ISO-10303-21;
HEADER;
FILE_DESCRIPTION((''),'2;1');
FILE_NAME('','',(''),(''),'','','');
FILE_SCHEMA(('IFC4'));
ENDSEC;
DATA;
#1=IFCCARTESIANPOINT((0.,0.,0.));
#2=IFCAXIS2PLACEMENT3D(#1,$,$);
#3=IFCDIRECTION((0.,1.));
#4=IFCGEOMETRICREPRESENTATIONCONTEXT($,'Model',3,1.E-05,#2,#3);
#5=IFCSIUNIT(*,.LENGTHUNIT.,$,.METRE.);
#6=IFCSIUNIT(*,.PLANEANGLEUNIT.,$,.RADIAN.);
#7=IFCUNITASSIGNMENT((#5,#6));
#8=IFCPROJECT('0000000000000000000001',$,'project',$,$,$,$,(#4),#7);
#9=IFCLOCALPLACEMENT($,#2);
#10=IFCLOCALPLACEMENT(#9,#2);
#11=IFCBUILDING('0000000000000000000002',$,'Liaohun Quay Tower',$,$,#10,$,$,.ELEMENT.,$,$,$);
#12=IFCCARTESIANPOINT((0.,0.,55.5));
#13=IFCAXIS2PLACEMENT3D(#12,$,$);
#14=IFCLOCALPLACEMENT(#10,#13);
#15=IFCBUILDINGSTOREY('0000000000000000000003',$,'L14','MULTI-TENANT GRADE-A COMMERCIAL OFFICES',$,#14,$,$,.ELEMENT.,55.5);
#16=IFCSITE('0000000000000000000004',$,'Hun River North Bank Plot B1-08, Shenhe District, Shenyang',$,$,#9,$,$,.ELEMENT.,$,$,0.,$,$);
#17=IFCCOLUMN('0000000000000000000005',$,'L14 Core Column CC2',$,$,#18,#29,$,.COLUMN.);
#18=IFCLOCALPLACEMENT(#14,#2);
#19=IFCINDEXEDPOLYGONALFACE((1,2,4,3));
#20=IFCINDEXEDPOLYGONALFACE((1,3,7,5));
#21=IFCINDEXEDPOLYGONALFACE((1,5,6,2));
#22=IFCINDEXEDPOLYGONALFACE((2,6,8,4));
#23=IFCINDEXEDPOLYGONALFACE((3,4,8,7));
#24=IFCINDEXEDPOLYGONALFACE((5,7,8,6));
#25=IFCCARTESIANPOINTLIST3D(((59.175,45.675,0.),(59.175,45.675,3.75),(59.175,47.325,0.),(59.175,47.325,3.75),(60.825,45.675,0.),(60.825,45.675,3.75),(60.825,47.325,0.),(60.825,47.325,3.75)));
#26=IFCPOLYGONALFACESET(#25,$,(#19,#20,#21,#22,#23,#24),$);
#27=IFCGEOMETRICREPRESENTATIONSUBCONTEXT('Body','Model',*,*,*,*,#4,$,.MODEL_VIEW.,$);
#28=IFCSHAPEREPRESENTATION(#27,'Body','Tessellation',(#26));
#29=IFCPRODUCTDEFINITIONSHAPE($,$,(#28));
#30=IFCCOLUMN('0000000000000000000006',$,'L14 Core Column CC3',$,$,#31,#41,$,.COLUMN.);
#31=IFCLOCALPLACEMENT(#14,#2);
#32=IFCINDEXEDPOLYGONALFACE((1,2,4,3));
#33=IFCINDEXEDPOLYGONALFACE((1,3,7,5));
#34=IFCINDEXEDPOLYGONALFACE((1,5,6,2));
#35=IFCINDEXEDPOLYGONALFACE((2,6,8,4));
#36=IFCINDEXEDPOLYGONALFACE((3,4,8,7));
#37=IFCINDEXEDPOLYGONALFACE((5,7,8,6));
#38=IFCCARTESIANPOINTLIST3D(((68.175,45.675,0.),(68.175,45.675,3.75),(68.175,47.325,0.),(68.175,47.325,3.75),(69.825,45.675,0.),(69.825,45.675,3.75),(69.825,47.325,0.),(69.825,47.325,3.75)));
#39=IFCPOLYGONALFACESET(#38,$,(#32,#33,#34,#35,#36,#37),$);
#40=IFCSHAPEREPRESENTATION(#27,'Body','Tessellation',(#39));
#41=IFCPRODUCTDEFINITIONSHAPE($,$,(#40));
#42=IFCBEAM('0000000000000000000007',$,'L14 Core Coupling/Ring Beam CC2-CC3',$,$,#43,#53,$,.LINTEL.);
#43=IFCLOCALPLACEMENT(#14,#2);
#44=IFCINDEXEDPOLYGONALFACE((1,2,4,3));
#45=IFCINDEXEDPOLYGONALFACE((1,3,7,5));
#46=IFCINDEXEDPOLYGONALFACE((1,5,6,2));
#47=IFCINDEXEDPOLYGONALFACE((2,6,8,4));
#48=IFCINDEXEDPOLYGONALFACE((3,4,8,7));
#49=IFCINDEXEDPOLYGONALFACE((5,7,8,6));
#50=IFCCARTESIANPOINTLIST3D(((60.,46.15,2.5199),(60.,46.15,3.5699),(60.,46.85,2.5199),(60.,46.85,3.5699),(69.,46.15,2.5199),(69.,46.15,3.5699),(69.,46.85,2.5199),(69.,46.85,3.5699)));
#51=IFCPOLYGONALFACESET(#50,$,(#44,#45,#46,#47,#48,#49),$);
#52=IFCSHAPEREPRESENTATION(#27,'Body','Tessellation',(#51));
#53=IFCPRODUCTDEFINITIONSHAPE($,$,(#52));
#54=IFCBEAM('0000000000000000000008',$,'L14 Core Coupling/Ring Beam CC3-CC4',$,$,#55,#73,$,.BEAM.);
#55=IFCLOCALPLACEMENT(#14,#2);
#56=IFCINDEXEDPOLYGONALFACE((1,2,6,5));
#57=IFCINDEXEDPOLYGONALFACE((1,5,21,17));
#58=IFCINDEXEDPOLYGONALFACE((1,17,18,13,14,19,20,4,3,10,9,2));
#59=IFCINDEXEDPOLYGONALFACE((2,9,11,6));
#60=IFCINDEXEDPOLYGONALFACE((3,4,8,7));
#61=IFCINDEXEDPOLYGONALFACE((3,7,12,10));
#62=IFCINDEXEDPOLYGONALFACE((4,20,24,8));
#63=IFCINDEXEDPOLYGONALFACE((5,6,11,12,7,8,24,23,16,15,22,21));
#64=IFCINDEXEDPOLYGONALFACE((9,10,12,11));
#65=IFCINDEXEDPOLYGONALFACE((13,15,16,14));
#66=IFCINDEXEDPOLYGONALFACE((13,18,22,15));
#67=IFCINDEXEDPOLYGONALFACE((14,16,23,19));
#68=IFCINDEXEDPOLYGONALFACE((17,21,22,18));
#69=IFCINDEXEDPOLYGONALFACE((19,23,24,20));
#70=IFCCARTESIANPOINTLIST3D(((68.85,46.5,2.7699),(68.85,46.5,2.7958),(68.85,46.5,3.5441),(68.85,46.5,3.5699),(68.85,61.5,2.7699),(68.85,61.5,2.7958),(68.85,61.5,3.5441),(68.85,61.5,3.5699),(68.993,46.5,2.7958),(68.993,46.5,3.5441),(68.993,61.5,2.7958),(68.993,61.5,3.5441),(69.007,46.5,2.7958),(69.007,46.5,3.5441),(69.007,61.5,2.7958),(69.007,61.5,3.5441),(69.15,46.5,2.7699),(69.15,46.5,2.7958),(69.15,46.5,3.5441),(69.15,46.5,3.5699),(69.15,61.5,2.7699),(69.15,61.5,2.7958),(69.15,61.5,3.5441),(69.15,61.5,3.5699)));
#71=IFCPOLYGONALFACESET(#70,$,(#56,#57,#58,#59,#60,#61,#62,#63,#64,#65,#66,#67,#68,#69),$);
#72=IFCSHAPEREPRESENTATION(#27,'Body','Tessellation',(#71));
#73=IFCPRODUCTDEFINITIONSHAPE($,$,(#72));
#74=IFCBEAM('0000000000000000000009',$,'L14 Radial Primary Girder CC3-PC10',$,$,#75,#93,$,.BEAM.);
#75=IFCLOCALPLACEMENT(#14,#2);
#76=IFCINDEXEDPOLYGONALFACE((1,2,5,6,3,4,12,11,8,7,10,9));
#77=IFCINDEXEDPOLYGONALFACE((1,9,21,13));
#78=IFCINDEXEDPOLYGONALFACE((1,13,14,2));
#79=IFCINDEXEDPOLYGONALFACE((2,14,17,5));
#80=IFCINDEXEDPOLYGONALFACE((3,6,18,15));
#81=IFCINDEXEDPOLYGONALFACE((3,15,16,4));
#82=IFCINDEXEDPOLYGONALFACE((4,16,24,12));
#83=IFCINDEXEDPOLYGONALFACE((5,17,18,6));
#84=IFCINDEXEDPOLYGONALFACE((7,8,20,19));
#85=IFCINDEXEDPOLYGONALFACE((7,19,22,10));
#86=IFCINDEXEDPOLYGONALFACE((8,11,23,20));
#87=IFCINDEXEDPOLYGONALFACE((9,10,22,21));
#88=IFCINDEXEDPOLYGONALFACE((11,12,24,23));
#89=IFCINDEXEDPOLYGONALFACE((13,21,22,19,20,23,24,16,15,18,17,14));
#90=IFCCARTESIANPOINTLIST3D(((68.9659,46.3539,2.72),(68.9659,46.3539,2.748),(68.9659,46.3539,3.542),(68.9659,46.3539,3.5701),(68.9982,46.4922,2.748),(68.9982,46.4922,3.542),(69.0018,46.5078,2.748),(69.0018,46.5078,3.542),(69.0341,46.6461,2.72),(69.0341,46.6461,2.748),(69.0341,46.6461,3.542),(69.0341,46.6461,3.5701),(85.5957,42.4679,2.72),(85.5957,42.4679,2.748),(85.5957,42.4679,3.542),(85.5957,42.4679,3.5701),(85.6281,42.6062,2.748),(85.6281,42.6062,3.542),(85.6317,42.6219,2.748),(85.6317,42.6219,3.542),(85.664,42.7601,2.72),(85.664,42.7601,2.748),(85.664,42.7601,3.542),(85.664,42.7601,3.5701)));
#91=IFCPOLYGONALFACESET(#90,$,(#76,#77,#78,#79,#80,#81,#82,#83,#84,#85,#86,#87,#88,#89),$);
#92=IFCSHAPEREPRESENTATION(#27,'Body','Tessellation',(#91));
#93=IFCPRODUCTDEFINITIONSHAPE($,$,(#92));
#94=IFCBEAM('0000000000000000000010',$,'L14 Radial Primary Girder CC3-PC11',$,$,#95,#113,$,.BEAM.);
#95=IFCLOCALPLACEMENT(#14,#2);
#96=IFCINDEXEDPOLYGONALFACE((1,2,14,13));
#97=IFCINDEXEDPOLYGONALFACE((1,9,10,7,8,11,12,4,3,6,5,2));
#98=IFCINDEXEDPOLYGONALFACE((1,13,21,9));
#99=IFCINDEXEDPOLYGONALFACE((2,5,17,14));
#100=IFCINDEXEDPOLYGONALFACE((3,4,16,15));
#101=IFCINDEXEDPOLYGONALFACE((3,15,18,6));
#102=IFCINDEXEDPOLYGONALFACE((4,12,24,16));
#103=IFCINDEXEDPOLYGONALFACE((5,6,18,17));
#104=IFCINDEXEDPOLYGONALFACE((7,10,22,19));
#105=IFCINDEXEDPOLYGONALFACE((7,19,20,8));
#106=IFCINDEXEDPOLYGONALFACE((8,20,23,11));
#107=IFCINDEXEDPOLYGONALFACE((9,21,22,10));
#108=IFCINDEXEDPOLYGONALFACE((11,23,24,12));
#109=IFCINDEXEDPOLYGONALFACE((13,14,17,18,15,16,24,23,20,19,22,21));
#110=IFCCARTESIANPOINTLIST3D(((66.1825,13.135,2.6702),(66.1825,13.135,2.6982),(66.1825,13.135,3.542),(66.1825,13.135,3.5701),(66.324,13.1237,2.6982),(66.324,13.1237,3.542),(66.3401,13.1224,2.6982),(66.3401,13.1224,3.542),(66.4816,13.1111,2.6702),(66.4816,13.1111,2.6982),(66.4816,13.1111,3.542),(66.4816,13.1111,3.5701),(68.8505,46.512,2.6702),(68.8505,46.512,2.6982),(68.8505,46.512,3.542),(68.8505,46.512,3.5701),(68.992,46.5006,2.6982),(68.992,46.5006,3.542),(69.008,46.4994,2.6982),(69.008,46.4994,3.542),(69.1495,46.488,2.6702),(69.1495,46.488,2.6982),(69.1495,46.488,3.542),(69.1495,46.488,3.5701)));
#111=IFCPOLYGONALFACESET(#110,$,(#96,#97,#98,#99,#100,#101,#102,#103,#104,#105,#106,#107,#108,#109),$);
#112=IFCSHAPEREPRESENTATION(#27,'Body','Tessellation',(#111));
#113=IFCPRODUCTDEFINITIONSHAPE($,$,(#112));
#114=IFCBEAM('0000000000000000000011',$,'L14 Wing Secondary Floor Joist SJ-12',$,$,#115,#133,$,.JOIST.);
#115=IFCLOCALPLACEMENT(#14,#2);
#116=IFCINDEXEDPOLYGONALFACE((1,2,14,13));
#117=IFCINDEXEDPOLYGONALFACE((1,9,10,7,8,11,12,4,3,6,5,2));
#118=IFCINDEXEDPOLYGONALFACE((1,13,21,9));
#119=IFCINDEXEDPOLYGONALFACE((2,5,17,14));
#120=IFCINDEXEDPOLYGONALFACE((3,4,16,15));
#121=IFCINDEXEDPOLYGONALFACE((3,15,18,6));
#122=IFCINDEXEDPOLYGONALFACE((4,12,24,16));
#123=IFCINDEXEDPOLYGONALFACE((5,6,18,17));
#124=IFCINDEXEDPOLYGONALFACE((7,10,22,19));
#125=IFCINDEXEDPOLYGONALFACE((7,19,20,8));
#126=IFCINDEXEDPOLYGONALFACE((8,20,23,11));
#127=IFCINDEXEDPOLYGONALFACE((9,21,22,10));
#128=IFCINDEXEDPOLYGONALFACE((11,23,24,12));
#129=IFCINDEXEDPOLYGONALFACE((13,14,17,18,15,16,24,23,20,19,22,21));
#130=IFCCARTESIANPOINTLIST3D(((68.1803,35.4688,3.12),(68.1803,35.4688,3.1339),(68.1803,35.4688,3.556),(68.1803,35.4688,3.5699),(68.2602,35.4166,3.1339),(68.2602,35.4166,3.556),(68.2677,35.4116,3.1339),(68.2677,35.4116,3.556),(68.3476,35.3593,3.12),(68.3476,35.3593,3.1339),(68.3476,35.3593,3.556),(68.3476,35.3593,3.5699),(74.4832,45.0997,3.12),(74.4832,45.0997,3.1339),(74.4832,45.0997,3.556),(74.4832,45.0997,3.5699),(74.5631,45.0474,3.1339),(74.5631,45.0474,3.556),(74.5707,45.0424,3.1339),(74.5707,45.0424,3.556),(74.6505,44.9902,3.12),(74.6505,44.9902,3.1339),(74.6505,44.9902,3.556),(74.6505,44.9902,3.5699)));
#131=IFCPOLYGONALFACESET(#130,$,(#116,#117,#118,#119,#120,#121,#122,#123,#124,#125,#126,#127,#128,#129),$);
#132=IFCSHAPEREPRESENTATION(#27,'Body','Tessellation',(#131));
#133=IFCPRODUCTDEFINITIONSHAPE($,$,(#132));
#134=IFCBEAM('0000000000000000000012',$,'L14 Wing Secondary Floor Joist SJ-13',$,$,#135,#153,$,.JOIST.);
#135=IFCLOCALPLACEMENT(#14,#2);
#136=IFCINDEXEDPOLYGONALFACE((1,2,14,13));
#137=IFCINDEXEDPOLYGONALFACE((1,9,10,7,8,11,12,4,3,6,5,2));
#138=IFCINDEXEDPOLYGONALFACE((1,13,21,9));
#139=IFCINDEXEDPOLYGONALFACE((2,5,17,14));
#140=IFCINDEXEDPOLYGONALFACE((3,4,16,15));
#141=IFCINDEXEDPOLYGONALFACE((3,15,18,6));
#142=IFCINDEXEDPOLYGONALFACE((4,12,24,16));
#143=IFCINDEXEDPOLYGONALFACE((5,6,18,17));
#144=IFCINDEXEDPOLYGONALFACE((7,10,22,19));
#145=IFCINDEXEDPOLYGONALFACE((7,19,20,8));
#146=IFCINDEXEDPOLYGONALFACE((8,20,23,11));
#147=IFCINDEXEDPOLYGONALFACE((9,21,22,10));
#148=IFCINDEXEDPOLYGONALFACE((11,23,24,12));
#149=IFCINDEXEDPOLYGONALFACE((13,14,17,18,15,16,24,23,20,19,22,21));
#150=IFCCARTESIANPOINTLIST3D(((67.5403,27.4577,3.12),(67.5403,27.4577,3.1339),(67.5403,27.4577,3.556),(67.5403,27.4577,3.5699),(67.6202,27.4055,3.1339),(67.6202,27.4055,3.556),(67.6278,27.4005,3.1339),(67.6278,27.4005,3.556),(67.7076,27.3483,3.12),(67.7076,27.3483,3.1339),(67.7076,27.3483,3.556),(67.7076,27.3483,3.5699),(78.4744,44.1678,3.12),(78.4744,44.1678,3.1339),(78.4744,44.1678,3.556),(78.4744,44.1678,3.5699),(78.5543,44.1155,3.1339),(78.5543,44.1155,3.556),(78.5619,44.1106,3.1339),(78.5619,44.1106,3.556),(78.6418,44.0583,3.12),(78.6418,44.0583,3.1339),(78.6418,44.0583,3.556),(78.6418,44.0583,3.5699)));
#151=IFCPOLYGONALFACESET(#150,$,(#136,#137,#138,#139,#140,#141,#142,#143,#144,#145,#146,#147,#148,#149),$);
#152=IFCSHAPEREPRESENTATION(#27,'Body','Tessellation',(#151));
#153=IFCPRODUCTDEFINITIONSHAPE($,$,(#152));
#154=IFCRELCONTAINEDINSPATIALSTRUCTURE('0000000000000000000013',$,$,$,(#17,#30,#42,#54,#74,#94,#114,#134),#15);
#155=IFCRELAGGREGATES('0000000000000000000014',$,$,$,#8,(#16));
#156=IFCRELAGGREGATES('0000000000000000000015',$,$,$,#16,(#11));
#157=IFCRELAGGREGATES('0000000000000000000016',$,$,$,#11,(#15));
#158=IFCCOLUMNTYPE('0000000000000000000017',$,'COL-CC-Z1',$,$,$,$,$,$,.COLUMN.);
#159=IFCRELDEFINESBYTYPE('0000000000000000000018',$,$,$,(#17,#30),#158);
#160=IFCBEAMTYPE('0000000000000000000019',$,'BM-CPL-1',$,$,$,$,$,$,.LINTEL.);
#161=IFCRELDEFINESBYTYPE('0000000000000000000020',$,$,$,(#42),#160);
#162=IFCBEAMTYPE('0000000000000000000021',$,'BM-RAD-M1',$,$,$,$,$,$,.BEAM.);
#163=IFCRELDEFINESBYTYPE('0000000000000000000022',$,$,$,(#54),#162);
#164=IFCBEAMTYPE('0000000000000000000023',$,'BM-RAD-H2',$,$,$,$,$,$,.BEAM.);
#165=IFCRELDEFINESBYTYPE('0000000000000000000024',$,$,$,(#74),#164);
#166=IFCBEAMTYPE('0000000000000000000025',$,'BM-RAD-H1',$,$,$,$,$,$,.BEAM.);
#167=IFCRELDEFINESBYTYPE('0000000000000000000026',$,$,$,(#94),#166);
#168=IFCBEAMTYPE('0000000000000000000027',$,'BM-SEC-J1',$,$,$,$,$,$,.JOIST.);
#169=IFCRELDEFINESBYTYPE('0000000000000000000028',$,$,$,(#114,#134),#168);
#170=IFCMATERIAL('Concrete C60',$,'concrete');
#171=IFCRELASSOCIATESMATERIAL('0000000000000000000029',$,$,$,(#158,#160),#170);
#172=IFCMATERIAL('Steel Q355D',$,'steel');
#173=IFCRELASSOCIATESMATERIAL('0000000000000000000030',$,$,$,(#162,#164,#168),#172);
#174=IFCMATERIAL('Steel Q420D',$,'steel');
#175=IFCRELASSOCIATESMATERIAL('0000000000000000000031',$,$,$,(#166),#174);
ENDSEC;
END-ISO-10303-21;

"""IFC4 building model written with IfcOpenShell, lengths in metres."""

from ifc_helpers import new_model, si_unit, direction, frame, origin, origin_2d, place, context, subcontext, project, spatial, rectangle, i_section, extrude, source, transform, mapped, material, material_profile, profile_set, type_object, element, save


model = new_model("IFC4")

# Units and contexts
model_context = context("Model", 3, precision=1e-05, world=origin(), true_north=direction((0.0, 1.0)))
body_context = subcontext(model_context, "Body", "Model", "MODEL_VIEW")
ifc_project = project(units=[si_unit("LENGTHUNIT", "METRE"), si_unit("PLANEANGLEUNIT", "RADIAN")], contexts=[model_context])

# Site, building, storey
site_placement = place(None, origin())
site = spatial("IfcSite", under=ifc_project, at=site_placement, Name="Hun River North Bank Plot B1-08, Shenhe District, Shenyang", CompositionType="ELEMENT", RefElevation=0.0)
building_placement = place(site_placement, origin())
building = spatial("IfcBuilding", under=site, at=building_placement, Name="Liaohun Quay Tower", CompositionType="ELEMENT")
storey_placement = place(building_placement, frame((0.0, 0.0, 55.5)))
storey = spatial("IfcBuildingStorey", under=building, at=storey_placement, Name="L14", Description="MULTI-TENANT GRADE-A COMMERCIAL OFFICES", CompositionType="ELEMENT", Elevation=55.5)

# Columns
ifc_material_1 = material(Name="Concrete C60", Category="concrete")
ifc_material_profile_1 = material_profile(ifc_material_1, rectangle(XDim=1.6499, YDim=1.6499, at=origin_2d()), Name="RC1650x1650")
ifc_profile_set_1 = profile_set([ifc_material_profile_1], Name="Concrete C60")
column_type = type_object("IfcColumnType", Name="COL-CC-Z1", PredefinedType="COLUMN", material=ifc_profile_set_1)
shared_shape_1 = source(origin(), body_context, "Body", "SweptSolid", [
    extrude(rectangle(XDim=1.6499, YDim=1.6499, at=origin_2d()), origin(), (0.0, 0.0, 1.0), 3.75),
])
for number, where, z_axis, x_axis, name in (
    (1, (60.0, 46.5, 0.0), (0.0, 0.0, 1.0), (1.0, 0.0, 0.0), "L14 Core Column CC2"),
    (2, (69.0, 46.5, 0.0), (0.0, 0.0, 1.0), (1.0, 0.0, 0.0), "L14 Core Column CC3"),
):
    element("IfcColumn", number, at=place(storey_placement, frame(where, z_axis=z_axis, x_axis=x_axis)), inside=storey, type_object=column_type, Name=name, PredefinedType="COLUMN", context=body_context, shape_type="MappedRepresentation", body=[
        mapped(shared_shape_1, transform((0.0, 0.0, 0.0), x_axis=(1.0, 0.0, 0.0), y_axis=(0.0, 1.0, 0.0), z_axis=(0.0, 0.0, 1.0), scale=1.0)),
    ])

# Beams
ifc_material_profile_2 = material_profile(ifc_material_1, rectangle(XDim=0.7, YDim=1.05, at=origin_2d()), Name="RC700x1050")
ifc_profile_set_2 = profile_set([ifc_material_profile_2], Name="Concrete C60")
beam_type_1 = type_object("IfcBeamType", Name="BM-CPL-1", PredefinedType="LINTEL", material=ifc_profile_set_2)
shared_shape_2 = source(origin(), body_context, "Body", "SweptSolid", [
    extrude(rectangle(XDim=0.7, YDim=1.05, at=origin_2d()), origin(), (0.0, 0.0, 1.0), 9.0),
])
beam_1_placement = place(storey_placement, frame((60.0, 46.5, 3.0449), z_axis=(1.0, 0.0, 0.0), x_axis=(0.0, 1.0, 0.0)))
element("IfcBeam", 3, at=beam_1_placement, inside=storey, type_object=beam_type_1, Name="L14 Core Coupling/Ring Beam CC2-CC3", PredefinedType="LINTEL", context=body_context, shape_type="MappedRepresentation", body=[
    mapped(shared_shape_2, transform((0.0, 0.0, 0.0), x_axis=(1.0, 0.0, 0.0), y_axis=(0.0, 1.0, 0.0), z_axis=(0.0, 0.0, 1.0), scale=1.0)),
])
ifc_material_2 = material(Name="Steel Q355D", Category="steel")
ifc_material_profile_3 = material_profile(ifc_material_2, i_section(OverallWidth=0.3, OverallDepth=0.8, WebThickness=0.0139, FlangeThickness=0.0259, at=origin_2d()), Name="HN800x300x14x26")
ifc_profile_set_3 = profile_set([ifc_material_profile_3], Name="Steel Q355D")
beam_type_2 = type_object("IfcBeamType", Name="BM-RAD-M1", PredefinedType="BEAM", material=ifc_profile_set_3)
shared_shape_3 = source(origin(), body_context, "Body", "SweptSolid", [
    extrude(i_section(OverallWidth=0.3, OverallDepth=0.8, WebThickness=0.0139, FlangeThickness=0.0259, at=origin_2d()), origin(), (0.0, 0.0, 1.0), 15.0),
])
beam_2_placement = place(storey_placement, frame((69.0, 46.5, 3.1699), z_axis=(0.0, 1.0, 0.0), x_axis=(-1.0, 0.0, 0.0)))
element("IfcBeam", 4, at=beam_2_placement, inside=storey, type_object=beam_type_2, Name="L14 Core Coupling/Ring Beam CC3-CC4", PredefinedType="BEAM", context=body_context, shape_type="MappedRepresentation", body=[
    mapped(shared_shape_3, transform((0.0, 0.0, 0.0), x_axis=(1.0, 0.0, 0.0), y_axis=(0.0, 1.0, 0.0), z_axis=(0.0, 0.0, 1.0), scale=1.0)),
])
ifc_material_profile_4 = material_profile(ifc_material_2, i_section(OverallWidth=0.3, OverallDepth=0.8501, WebThickness=0.0161, FlangeThickness=0.0281, at=origin_2d()), Name="HN850x300x16x28")
ifc_profile_set_4 = profile_set([ifc_material_profile_4], Name="Steel Q355D")
beam_type_3 = type_object("IfcBeamType", Name="BM-RAD-H2", PredefinedType="BEAM", material=ifc_profile_set_4)
shared_shape_4 = source(origin(), body_context, "Body", "SweptSolid", [
    extrude(i_section(OverallWidth=0.3, OverallDepth=0.8501, WebThickness=0.0161, FlangeThickness=0.0281, at=origin_2d()), origin(), (0.0, 0.0, 1.0), 17.0779),
])
beam_3_placement = place(storey_placement, frame((69.0, 46.5, 3.145), z_axis=(0.973768, -0.227545, 0.0), x_axis=(0.227545, 0.973768, 0.0)))
element("IfcBeam", 5, at=beam_3_placement, inside=storey, type_object=beam_type_3, Name="L14 Radial Primary Girder CC3-PC10", PredefinedType="BEAM", context=body_context, shape_type="MappedRepresentation", body=[
    mapped(shared_shape_4, transform((0.0, 0.0, 0.0), x_axis=(1.0, 0.0, 0.0), y_axis=(0.0, 1.0, 0.0), z_axis=(0.0, 0.0, 1.0), scale=1.0)),
])
ifc_material_3 = material(Name="Steel Q420D", Category="steel")
ifc_material_profile_5 = material_profile(ifc_material_3, i_section(OverallWidth=0.3, OverallDepth=0.8999, WebThickness=0.0161, FlangeThickness=0.0281, at=origin_2d()), Name="HN900x300x16x28")
ifc_profile_set_5 = profile_set([ifc_material_profile_5], Name="Steel Q420D")
beam_type_4 = type_object("IfcBeamType", Name="BM-RAD-H1", PredefinedType="BEAM", material=ifc_profile_set_5)
shared_shape_5 = source(origin(), body_context, "Body", "SweptSolid", [
    extrude(i_section(OverallWidth=0.3, OverallDepth=0.8999, WebThickness=0.0161, FlangeThickness=0.0281, at=origin_2d()), origin(), (0.0, 0.0, 1.0), 33.4834),
])
beam_4_placement = place(storey_placement, frame((69.0, 46.5, 3.1201), z_axis=(-0.07968, -0.99682, 0.0), x_axis=(0.99682, -0.07968, 0.0)))
element("IfcBeam", 6, at=beam_4_placement, inside=storey, type_object=beam_type_4, Name="L14 Radial Primary Girder CC3-PC11", PredefinedType="BEAM", context=body_context, shape_type="MappedRepresentation", body=[
    mapped(shared_shape_5, transform((0.0, 0.0, 0.0), x_axis=(1.0, 0.0, 0.0), y_axis=(0.0, 1.0, 0.0), z_axis=(0.0, 0.0, 1.0), scale=1.0)),
])
ifc_material_profile_6 = material_profile(ifc_material_2, i_section(OverallWidth=0.2, OverallDepth=0.45, WebThickness=0.009, FlangeThickness=0.0139, at=origin_2d()), Name="HN450x200x9x14")
ifc_profile_set_6 = profile_set([ifc_material_profile_6], Name="Steel Q355D")
beam_type_5 = type_object("IfcBeamType", Name="BM-SEC-J1", PredefinedType="JOIST", material=ifc_profile_set_6)
shared_shape_6 = source(origin(), body_context, "Body", "SweptSolid", [
    extrude(i_section(OverallWidth=0.2, OverallDepth=0.45, WebThickness=0.009, FlangeThickness=0.0139, at=origin_2d()), origin(), (0.0, 0.0, 1.0), 11.51),
])
beam_5_placement = place(storey_placement, frame((74.5669, 45.0449, 3.345), z_axis=(-0.547607, -0.836736, 0.0), x_axis=(0.836736, -0.547607, 0.0)))
element("IfcBeam", 7, at=beam_5_placement, inside=storey, type_object=beam_type_5, Name="L14 Wing Secondary Floor Joist SJ-12", PredefinedType="JOIST", context=body_context, shape_type="MappedRepresentation", body=[
    mapped(shared_shape_6, transform((0.0, 0.0, 0.0), x_axis=(1.0, 0.0, 0.0), y_axis=(0.0, 1.0, 0.0), z_axis=(0.0, 0.0, 1.0), scale=1.0)),
])
shared_shape_7 = source(origin(), body_context, "Body", "SweptSolid", [
    extrude(i_section(OverallWidth=0.2, OverallDepth=0.45, WebThickness=0.009, FlangeThickness=0.0139, at=origin_2d()), origin(), (0.0, 0.0, 1.0), 19.9695),
])
beam_6_placement = place(storey_placement, frame((78.5581, 44.113, 3.345), z_axis=(-0.547542, -0.836778, 0.0), x_axis=(0.836778, -0.547542, 0.0)))
element("IfcBeam", 8, at=beam_6_placement, inside=storey, type_object=beam_type_5, Name="L14 Wing Secondary Floor Joist SJ-13", PredefinedType="JOIST", context=body_context, shape_type="MappedRepresentation", body=[
    mapped(shared_shape_7, transform((0.0, 0.0, 0.0), x_axis=(1.0, 0.0, 0.0), y_axis=(0.0, 1.0, 0.0), z_axis=(0.0, 0.0, 1.0), scale=1.0)),
])

save(model, "model.ifc")
